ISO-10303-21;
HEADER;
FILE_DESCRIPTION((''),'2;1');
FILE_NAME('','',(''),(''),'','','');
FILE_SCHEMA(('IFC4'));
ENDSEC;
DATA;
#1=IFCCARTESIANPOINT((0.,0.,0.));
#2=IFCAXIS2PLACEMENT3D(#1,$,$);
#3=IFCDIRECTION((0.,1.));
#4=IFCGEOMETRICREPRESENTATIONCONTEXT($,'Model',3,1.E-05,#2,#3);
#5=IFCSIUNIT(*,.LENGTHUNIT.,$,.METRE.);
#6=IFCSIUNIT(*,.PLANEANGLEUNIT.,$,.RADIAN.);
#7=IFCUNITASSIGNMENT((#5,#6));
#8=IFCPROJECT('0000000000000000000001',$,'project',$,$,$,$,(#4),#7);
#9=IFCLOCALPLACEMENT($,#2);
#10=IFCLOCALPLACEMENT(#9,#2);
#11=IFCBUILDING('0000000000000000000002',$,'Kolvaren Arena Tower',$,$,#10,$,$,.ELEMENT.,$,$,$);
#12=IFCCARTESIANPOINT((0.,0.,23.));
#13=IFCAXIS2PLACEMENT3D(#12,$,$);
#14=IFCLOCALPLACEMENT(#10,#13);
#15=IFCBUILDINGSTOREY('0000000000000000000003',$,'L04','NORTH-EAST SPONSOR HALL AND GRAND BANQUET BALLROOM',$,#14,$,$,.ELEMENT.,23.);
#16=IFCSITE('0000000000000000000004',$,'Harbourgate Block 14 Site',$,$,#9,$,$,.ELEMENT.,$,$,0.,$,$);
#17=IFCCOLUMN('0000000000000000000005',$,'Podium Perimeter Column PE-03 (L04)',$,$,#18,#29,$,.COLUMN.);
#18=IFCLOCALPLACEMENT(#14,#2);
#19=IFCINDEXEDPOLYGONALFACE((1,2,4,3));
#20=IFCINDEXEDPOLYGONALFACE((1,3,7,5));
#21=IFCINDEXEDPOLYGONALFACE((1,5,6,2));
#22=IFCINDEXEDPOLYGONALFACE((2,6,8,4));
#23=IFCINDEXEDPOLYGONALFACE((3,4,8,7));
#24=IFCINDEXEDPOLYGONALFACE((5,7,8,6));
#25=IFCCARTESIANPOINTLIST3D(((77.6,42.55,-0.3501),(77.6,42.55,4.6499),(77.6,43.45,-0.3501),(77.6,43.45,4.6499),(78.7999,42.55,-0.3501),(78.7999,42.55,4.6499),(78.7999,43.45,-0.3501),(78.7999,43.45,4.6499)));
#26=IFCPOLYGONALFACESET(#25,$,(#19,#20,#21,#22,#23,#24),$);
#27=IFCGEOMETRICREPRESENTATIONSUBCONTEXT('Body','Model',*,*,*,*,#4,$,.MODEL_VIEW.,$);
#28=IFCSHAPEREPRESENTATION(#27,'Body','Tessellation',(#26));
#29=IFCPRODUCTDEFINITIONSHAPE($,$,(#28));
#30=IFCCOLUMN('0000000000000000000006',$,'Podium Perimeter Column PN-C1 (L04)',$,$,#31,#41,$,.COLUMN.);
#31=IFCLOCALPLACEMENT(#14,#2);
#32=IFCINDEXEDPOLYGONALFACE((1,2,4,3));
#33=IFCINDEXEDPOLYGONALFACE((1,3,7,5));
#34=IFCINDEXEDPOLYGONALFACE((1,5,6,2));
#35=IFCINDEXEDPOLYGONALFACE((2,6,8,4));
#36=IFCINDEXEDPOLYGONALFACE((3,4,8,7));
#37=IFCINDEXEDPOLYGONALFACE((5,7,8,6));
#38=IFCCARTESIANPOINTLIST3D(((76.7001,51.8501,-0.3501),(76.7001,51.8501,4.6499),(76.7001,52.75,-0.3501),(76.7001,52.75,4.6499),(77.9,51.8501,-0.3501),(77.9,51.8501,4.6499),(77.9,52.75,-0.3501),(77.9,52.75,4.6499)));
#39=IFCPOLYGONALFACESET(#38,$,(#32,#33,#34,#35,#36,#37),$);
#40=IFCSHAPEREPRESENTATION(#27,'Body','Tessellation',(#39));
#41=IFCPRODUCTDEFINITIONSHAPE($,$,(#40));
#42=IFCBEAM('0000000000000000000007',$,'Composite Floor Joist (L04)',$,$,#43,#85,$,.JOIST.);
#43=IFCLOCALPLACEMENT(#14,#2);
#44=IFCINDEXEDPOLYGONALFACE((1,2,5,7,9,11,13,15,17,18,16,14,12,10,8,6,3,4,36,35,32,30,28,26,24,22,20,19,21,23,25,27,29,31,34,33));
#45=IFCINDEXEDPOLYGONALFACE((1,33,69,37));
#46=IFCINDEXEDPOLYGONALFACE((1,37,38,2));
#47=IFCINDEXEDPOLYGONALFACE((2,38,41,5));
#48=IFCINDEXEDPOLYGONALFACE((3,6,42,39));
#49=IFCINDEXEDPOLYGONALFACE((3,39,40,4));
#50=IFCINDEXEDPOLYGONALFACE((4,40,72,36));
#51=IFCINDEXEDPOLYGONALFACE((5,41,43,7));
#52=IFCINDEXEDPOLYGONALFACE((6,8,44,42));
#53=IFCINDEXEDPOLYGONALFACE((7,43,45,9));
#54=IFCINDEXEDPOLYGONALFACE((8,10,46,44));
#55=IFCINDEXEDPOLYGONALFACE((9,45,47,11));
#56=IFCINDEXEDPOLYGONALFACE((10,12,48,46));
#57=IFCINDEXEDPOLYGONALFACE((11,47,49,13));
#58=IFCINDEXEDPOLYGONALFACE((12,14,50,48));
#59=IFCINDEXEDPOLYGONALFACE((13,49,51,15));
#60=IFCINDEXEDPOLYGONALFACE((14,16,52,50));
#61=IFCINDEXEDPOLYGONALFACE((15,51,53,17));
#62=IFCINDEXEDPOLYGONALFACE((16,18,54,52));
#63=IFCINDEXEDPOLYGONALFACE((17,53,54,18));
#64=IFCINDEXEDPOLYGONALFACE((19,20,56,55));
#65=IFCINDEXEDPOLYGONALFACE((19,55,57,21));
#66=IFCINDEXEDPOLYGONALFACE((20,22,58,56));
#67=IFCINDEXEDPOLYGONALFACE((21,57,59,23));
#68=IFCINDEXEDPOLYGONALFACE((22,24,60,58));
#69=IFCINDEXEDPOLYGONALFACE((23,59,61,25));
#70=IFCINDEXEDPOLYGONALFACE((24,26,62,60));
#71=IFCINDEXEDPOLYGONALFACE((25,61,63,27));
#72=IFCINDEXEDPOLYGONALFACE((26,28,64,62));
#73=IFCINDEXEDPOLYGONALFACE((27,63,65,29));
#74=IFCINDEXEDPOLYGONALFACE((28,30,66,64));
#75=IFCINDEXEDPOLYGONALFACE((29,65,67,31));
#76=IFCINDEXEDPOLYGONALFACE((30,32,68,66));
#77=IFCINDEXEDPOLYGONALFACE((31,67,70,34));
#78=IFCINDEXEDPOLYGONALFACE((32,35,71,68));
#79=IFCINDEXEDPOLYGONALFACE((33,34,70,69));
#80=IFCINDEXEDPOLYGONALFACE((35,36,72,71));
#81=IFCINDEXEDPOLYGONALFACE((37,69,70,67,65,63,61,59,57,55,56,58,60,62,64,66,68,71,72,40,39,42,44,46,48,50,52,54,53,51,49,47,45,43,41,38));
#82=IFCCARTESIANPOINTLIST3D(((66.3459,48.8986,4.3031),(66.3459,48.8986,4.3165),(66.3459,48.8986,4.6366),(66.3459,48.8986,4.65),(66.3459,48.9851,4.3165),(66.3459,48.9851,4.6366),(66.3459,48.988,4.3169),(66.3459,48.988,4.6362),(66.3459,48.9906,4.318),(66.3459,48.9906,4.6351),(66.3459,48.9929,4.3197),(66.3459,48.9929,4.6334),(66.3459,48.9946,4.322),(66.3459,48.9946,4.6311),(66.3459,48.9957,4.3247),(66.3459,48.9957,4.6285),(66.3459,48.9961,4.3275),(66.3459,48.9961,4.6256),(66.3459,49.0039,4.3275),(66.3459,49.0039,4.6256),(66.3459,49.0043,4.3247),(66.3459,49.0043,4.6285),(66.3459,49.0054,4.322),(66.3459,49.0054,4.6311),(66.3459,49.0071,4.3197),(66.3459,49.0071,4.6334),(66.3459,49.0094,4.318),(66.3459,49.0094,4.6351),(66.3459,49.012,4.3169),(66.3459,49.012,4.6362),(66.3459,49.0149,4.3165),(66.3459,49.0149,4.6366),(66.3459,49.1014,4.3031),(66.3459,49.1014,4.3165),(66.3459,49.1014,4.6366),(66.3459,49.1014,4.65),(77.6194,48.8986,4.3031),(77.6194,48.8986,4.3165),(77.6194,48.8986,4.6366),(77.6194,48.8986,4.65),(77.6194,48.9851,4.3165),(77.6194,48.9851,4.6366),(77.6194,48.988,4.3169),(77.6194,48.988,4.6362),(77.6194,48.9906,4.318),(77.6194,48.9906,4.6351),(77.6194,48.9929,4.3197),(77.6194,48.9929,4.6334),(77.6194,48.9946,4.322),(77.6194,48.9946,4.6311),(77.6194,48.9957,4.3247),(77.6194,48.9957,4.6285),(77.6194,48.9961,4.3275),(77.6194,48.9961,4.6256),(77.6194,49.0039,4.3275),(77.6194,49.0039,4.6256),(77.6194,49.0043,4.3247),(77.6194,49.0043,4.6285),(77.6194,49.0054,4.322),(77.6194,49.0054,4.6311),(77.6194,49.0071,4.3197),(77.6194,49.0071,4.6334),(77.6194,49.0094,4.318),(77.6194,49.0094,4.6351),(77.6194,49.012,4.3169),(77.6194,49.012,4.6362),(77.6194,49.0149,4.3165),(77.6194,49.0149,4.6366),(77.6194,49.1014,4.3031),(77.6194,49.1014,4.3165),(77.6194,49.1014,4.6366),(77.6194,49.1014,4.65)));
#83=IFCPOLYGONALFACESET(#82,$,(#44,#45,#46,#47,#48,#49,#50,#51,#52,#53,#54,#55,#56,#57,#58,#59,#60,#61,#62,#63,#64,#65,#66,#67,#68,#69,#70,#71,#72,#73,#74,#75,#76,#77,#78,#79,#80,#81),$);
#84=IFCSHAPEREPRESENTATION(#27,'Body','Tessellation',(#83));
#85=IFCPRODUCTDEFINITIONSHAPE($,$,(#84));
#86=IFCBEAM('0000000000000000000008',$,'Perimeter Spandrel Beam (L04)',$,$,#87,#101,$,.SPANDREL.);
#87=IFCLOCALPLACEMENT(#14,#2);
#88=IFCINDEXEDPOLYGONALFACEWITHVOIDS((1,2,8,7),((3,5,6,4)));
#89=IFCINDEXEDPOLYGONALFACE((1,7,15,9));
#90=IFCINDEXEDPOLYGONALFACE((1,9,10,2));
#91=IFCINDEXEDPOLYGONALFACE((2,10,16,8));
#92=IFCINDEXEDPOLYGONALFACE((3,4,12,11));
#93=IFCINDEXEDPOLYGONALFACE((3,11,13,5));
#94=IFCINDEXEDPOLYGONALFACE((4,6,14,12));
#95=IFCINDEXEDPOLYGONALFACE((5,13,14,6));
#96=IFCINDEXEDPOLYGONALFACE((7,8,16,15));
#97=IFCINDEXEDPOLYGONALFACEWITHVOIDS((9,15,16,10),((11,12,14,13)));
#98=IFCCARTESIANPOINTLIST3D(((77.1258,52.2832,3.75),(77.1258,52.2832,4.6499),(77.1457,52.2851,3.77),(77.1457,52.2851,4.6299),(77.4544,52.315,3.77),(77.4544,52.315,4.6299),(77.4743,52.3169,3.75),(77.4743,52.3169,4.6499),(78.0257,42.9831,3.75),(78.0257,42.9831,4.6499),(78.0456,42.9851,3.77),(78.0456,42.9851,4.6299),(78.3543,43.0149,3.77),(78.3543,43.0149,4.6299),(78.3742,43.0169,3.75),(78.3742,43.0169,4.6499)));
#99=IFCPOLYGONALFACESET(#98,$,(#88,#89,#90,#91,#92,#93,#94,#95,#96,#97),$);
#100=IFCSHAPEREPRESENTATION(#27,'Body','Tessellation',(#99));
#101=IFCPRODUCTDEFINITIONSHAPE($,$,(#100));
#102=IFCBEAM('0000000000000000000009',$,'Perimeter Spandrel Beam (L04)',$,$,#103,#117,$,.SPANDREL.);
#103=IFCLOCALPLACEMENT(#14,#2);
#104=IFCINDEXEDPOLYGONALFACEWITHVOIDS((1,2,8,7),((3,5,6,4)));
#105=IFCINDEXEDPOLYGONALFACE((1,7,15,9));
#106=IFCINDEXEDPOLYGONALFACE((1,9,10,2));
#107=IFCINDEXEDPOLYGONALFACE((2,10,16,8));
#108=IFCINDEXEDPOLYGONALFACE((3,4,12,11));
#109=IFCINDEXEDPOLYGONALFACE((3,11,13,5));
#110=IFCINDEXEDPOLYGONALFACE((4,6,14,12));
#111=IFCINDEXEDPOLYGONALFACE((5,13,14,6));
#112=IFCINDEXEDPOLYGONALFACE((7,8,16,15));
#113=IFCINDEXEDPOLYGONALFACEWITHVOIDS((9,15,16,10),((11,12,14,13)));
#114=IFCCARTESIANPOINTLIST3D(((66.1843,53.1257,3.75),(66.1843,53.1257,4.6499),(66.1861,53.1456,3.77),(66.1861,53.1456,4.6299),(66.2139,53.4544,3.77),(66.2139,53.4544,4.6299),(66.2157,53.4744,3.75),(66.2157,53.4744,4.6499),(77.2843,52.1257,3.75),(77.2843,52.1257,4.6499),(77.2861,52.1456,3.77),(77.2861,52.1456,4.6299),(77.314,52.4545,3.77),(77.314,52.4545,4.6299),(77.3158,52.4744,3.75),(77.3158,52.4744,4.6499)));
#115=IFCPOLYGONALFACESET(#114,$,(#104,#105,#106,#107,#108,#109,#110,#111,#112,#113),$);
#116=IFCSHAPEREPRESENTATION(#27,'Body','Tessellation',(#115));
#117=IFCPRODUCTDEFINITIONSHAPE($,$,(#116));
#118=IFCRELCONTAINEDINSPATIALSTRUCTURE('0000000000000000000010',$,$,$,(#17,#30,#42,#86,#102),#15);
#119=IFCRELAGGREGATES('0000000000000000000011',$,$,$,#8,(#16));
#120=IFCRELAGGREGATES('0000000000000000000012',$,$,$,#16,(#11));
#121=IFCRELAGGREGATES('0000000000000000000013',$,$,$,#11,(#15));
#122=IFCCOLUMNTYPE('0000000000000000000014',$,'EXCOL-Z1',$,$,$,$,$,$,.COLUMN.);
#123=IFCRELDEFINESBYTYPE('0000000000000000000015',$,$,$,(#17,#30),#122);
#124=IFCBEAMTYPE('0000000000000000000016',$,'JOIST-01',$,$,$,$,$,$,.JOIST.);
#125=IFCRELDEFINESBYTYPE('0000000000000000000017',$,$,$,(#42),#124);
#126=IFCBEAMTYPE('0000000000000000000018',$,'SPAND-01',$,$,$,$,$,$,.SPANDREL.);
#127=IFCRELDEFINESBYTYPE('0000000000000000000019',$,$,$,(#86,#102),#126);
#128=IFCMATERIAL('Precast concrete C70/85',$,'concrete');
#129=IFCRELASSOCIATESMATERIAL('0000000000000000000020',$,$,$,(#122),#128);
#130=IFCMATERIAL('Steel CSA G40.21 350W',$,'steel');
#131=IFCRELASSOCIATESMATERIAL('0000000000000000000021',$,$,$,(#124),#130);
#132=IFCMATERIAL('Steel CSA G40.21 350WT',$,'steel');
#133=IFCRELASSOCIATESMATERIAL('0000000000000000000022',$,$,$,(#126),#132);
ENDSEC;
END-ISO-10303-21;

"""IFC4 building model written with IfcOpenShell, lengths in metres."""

from ifc_helpers import new_model, si_unit, direction, frame, origin, origin_2d, place, context, subcontext, project, spatial, rectangle, hollow_rectangle, i_section, extrude, material, material_profile, profile_set, type_object, element, save


model = new_model("IFC4")

# Units and contexts
model_context = context("Model", 3, precision=1e-05, world=origin(), true_north=direction((0.0, 1.0)))
body_context = subcontext(model_context, "Body", "Model", "MODEL_VIEW")
ifc_project = project(units=[si_unit("LENGTHUNIT", "METRE"), si_unit("PLANEANGLEUNIT", "RADIAN")], contexts=[model_context])

# Site, building, storey
site_placement = place(None, origin())
site = spatial("IfcSite", under=ifc_project, at=site_placement, Name="Harbourgate Block 14 Site", CompositionType="ELEMENT", RefElevation=0.0)
building_placement = place(site_placement, origin())
building = spatial("IfcBuilding", under=site, at=building_placement, Name="Kolvaren Arena Tower", CompositionType="ELEMENT")
storey_placement = place(building_placement, frame((0.0, 0.0, 23.0)))
storey = spatial("IfcBuildingStorey", under=building, at=storey_placement, Name="L04", Description="NORTH-EAST SPONSOR HALL AND GRAND BANQUET BALLROOM", CompositionType="ELEMENT", Elevation=23.0)

# Columns
ifc_material_1 = material(Name="Precast concrete C70/85", Category="concrete")
ifc_material_profile_1 = material_profile(ifc_material_1, rectangle(XDim=1.2, YDim=0.8999, at=origin_2d()), Name="RC-1200x900")
ifc_profile_set_1 = profile_set([ifc_material_profile_1], Name="Precast concrete C70/85")
column_type = type_object("IfcColumnType", Name="EXCOL-Z1", PredefinedType="COLUMN", material=ifc_profile_set_1)
for number, where, z_axis, x_axis, name in (
    (1, (78.2, 43.0, -0.3501), (0.0, 0.0, 1.0), (1.0, 0.0, 0.0), "Podium Perimeter Column PE-03 (L04)"),
    (2, (77.3, 52.3, -0.3501), (0.0, 0.0, 1.0), (1.0, 0.0, 0.0), "Podium Perimeter Column PN-C1 (L04)"),
):
    element("IfcColumn", number, at=place(storey_placement, frame(where, z_axis=z_axis, x_axis=x_axis)), inside=storey, type_object=column_type, Name=name, PredefinedType="COLUMN", context=body_context, shape_type="SweptSolid", body=[
        extrude(rectangle(XDim=1.2, YDim=0.8999, at=origin_2d()), origin(), (0.0, 0.0, 1.0), 5.0),
    ])

# Beams
ifc_material_2 = material(Name="Steel CSA G40.21 350W", Category="steel")
ifc_material_profile_2 = material_profile(ifc_material_2, i_section(OverallWidth=0.2029, OverallDepth=0.3469, WebThickness=0.0078, FlangeThickness=0.0134, FilletRadius=0.011, at=origin_2d()), Name="W360x64")
ifc_profile_set_2 = profile_set([ifc_material_profile_2], Name="Steel CSA G40.21 350W")
beam_type_1 = type_object("IfcBeamType", Name="JOIST-01", PredefinedType="JOIST", material=ifc_profile_set_2)
beam_1_placement = place(storey_placement, frame((66.3459, 49.0, 4.4766), z_axis=(1.0, 0.0, 0.0), x_axis=(0.0, 1.0, 0.0)))
element("IfcBeam", 3, at=beam_1_placement, inside=storey, type_object=beam_type_1, Name="Composite Floor Joist (L04)", PredefinedType="JOIST", context=body_context, shape_type="SweptSolid", body=[
    extrude(i_section(OverallWidth=0.2029, OverallDepth=0.3469, WebThickness=0.0078, FlangeThickness=0.0134, FilletRadius=0.011, at=origin_2d()), origin(), (0.0, 0.0, 1.0), 11.2734),
])
ifc_material_3 = material(Name="Steel CSA G40.21 350WT", Category="steel")
ifc_material_profile_3 = material_profile(ifc_material_3, hollow_rectangle(XDim=0.3501, YDim=0.8999, WallThickness=0.02, at=origin_2d()), Name="HSS 900x350x20")
ifc_profile_set_3 = profile_set([ifc_material_profile_3], Name="Steel CSA G40.21 350WT")
beam_type_2 = type_object("IfcBeamType", Name="SPAND-01", PredefinedType="SPANDREL", material=ifc_profile_set_3)
beam_2_placement = place(storey_placement, frame((78.2, 43.0, 4.2), z_axis=(-0.096313, 0.995351, 0.0), x_axis=(-0.995351, -0.096313, 0.0)))
element("IfcBeam", 4, at=beam_2_placement, inside=storey, type_object=beam_type_2, Name="Perimeter Spandrel Beam (L04)", PredefinedType="SPANDREL", context=body_context, shape_type="SweptSolid", body=[
    extrude(hollow_rectangle(XDim=0.3501, YDim=0.8999, WallThickness=0.02, at=origin_2d()), origin(), (0.0, 0.0, 1.0), 9.3435),
])
beam_3_placement = place(storey_placement, frame((77.3, 52.3, 4.2), z_axis=(-0.995966, 0.089726, 0.0), x_axis=(-0.089726, -0.995966, 0.0)))
element("IfcBeam", 5, at=beam_3_placement, inside=storey, type_object=beam_type_2, Name="Perimeter Spandrel Beam (L04)", PredefinedType="SPANDREL", context=body_context, shape_type="SweptSolid", body=[
    extrude(hollow_rectangle(XDim=0.3501, YDim=0.8999, WallThickness=0.02, at=origin_2d()), origin(), (0.0, 0.0, 1.0), 11.145),
])

save(model, "model.ifc")
